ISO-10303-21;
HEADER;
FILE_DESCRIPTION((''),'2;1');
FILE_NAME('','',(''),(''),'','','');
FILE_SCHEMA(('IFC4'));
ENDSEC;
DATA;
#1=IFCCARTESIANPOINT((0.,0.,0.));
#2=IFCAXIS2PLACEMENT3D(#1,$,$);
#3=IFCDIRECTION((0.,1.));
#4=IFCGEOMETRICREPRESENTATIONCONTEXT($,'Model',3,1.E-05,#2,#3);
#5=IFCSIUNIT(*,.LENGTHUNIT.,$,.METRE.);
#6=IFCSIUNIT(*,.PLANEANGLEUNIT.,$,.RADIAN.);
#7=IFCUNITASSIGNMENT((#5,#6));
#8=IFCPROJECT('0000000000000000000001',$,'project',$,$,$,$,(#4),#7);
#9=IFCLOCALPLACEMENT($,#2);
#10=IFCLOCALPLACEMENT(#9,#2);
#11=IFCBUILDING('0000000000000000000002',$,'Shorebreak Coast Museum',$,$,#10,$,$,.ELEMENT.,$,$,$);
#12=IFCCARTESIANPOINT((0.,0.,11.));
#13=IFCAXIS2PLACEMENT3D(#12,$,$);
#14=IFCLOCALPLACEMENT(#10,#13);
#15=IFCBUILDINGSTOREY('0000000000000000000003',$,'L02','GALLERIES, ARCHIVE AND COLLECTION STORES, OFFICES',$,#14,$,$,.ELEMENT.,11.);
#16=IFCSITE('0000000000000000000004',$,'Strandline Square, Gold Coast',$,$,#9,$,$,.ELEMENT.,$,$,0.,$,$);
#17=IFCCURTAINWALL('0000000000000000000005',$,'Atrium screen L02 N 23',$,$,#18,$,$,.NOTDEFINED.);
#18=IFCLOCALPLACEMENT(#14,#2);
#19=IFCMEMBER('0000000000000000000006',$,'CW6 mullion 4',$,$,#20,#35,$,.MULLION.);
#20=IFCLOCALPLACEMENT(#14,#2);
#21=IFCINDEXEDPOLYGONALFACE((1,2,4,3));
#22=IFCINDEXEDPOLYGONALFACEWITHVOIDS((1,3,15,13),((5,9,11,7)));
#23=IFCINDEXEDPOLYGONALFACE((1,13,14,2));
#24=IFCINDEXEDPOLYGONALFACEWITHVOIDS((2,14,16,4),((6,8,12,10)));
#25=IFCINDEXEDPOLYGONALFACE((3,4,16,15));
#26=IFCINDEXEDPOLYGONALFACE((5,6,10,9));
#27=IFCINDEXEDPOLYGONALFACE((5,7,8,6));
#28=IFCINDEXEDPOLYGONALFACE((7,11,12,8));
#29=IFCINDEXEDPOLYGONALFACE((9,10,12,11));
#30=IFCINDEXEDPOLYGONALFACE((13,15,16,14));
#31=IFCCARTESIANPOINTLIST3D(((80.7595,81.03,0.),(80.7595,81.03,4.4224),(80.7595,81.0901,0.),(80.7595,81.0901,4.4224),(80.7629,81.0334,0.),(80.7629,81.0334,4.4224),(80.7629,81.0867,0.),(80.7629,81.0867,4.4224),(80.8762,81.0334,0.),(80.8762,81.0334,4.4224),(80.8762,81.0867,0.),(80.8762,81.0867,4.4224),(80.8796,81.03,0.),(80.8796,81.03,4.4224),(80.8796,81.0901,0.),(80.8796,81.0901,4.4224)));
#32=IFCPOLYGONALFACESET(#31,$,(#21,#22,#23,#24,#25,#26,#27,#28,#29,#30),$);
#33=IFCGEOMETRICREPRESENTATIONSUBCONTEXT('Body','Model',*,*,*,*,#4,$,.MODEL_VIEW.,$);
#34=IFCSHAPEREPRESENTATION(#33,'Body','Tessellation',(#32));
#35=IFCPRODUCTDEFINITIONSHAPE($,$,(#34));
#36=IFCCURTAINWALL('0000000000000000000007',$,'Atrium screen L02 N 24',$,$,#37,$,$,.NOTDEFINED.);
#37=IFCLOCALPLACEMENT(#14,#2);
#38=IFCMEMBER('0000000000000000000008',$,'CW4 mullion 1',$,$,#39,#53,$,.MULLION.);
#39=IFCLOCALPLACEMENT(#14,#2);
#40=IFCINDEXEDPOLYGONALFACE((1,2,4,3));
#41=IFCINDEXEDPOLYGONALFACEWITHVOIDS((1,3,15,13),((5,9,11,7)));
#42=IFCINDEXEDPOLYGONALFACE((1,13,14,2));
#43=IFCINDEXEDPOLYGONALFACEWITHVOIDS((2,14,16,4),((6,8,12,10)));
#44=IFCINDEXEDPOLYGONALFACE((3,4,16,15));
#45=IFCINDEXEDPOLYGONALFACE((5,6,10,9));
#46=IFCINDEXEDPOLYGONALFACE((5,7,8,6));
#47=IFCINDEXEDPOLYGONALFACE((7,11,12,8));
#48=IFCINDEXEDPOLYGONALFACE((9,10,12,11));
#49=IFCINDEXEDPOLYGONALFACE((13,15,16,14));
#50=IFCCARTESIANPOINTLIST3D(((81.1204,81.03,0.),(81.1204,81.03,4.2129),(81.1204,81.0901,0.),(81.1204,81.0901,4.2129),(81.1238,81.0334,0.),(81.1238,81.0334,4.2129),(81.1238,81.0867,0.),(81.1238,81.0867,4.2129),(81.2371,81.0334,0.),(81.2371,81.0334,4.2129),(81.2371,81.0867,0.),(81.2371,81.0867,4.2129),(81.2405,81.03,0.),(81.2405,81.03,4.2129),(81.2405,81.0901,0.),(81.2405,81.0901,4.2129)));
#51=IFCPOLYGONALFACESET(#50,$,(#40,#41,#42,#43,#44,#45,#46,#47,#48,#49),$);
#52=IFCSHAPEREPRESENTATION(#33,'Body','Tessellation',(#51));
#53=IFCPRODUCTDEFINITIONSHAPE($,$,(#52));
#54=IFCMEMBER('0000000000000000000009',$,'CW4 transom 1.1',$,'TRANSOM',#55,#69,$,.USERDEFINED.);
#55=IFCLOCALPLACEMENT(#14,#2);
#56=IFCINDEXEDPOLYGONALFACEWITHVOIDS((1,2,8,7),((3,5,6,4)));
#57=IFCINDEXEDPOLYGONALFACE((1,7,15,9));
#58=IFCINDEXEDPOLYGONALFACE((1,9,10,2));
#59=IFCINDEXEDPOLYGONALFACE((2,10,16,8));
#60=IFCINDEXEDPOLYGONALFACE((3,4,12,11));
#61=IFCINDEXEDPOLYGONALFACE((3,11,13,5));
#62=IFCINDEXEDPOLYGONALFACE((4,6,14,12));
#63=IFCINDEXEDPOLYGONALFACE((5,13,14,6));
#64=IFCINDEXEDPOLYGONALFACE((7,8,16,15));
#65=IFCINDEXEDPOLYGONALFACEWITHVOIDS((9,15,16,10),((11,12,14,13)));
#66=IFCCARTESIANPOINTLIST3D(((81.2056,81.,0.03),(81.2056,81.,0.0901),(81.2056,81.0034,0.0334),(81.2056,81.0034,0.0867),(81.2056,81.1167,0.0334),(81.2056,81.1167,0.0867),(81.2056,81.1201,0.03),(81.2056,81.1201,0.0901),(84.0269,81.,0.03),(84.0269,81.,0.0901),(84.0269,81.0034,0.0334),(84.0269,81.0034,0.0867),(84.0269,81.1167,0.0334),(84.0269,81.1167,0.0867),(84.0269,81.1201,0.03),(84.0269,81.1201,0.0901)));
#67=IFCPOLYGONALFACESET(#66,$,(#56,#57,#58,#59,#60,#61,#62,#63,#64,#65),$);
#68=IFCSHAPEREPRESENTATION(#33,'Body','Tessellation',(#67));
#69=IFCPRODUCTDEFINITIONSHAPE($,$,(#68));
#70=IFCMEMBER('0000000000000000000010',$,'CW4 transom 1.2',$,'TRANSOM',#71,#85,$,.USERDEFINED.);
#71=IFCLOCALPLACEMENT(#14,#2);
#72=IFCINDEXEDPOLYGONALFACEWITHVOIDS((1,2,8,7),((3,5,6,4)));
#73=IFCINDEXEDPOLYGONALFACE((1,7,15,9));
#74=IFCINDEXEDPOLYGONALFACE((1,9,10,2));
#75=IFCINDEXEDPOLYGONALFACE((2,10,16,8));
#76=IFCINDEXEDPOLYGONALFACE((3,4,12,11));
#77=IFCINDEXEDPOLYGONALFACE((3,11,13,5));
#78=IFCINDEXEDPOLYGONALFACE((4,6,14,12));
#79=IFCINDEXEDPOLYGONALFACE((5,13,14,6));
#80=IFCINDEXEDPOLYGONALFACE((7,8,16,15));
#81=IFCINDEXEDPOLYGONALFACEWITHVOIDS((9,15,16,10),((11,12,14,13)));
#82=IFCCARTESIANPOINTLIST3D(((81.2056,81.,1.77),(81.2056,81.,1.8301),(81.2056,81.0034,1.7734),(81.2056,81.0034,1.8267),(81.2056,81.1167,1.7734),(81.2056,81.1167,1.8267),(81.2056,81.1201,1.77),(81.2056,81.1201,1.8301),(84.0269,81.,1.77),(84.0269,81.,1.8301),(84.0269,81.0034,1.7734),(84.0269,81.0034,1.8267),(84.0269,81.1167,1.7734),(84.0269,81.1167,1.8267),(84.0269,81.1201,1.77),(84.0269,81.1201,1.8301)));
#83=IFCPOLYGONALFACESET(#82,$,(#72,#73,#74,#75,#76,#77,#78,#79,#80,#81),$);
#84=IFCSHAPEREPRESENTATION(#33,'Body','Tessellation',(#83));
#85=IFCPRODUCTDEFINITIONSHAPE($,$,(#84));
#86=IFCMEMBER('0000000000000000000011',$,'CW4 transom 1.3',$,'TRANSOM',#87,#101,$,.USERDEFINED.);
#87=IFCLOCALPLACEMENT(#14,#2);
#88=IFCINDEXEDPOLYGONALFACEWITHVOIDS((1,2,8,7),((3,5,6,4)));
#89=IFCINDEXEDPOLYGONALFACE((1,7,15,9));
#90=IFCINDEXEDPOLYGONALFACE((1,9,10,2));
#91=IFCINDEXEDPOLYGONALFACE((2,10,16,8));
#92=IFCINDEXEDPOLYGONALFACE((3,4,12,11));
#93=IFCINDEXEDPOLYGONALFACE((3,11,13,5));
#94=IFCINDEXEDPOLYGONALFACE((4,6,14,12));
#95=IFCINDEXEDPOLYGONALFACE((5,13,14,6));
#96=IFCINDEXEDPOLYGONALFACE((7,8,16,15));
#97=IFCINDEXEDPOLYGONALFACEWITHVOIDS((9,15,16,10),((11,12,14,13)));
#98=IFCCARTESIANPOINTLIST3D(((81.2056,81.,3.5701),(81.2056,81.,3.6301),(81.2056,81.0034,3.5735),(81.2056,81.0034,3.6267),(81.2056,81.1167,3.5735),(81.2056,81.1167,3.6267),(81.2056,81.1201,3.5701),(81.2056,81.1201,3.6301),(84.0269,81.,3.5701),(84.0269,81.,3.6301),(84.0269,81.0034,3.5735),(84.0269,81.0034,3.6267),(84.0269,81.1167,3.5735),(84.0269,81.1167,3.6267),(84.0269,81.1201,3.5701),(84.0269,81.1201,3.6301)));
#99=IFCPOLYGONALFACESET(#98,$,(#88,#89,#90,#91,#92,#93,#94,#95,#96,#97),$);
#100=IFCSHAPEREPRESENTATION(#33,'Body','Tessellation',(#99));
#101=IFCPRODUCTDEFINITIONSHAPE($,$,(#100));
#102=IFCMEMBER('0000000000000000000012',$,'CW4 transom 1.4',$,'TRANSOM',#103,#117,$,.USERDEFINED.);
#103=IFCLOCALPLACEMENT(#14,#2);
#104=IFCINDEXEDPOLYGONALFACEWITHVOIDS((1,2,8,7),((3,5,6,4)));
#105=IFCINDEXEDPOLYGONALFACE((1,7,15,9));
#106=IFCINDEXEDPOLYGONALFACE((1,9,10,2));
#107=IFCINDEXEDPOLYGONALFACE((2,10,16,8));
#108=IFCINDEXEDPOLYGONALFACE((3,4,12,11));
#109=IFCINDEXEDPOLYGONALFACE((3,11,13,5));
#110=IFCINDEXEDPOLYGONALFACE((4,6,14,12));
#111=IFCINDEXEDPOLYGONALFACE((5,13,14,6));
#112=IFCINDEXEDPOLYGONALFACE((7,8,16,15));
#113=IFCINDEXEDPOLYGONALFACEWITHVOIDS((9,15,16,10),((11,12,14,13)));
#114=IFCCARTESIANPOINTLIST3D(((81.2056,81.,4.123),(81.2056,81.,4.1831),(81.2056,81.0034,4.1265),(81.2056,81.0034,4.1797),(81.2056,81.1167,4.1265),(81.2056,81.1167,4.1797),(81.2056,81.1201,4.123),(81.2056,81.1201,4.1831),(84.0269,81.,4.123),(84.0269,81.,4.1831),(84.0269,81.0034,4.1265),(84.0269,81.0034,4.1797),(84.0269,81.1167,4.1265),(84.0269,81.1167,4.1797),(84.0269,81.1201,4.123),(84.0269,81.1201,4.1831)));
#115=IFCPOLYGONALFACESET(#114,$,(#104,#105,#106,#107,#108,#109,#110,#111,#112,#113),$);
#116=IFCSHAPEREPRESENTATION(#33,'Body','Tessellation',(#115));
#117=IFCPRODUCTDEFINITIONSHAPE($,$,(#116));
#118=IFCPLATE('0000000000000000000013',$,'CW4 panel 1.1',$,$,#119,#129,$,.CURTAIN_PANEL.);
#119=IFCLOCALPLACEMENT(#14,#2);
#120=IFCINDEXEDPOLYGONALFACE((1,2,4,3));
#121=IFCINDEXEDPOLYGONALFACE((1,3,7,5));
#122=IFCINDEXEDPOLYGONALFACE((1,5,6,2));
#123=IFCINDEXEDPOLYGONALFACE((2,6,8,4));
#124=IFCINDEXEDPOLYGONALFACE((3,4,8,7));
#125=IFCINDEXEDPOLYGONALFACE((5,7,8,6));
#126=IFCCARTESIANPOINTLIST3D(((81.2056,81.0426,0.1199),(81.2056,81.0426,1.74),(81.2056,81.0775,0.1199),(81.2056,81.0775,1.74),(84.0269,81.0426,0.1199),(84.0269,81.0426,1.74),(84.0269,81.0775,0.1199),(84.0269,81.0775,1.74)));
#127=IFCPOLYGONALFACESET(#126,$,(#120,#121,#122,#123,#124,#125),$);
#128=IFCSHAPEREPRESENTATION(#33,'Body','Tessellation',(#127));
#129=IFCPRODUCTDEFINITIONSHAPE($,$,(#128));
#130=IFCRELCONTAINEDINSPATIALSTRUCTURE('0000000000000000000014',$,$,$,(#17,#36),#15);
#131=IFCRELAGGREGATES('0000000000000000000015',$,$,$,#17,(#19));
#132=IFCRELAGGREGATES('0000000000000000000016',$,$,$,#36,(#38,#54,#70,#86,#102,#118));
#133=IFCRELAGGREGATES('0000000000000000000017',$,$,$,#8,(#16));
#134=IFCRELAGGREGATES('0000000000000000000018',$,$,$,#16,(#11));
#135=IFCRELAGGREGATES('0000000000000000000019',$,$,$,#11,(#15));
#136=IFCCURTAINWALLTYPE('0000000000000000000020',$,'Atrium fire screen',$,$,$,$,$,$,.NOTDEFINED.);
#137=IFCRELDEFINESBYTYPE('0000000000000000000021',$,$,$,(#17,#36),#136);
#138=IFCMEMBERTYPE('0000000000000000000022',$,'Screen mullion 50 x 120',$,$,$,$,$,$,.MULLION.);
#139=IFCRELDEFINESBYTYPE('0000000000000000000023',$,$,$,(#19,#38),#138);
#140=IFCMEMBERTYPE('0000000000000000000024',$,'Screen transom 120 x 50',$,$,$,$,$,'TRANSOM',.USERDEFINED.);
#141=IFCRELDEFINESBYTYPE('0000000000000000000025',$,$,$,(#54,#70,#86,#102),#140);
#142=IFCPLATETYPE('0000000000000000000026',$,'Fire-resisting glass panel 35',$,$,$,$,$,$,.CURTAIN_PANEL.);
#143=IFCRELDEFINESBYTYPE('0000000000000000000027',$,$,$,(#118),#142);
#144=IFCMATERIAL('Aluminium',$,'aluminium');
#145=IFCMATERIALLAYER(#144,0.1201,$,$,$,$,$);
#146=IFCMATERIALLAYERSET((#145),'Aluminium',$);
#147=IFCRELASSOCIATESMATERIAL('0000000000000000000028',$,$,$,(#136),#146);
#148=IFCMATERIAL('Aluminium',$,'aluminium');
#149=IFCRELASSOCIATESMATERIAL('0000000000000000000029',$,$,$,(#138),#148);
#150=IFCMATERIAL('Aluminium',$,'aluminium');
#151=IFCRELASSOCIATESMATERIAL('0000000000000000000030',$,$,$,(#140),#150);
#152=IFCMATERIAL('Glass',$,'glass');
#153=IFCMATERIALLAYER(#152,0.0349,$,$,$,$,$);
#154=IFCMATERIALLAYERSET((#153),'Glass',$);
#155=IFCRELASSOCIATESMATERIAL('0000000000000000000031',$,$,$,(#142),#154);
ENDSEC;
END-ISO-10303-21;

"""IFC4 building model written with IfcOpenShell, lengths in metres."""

from ifc_helpers import new_model, si_unit, direction, frame, origin, origin_2d, place, context, subcontext, project, spatial, rectangle, hollow_rectangle, extrude, material, layer, layer_set, material_profile, profile_set, type_object, element, aggregate, save


model = new_model("IFC4")

# Units and contexts
model_context = context("Model", 3, precision=1e-05, world=origin(), true_north=direction((0.0, 1.0)))
body_context = subcontext(model_context, "Body", "Model", "MODEL_VIEW")
ifc_project = project(units=[si_unit("LENGTHUNIT", "METRE"), si_unit("PLANEANGLEUNIT", "RADIAN")], contexts=[model_context])

# Site, building, storey
site_placement = place(None, origin())
site = spatial("IfcSite", under=ifc_project, at=site_placement, Name="Strandline Square, Gold Coast", CompositionType="ELEMENT", RefElevation=0.0)
building_placement = place(site_placement, origin())
building = spatial("IfcBuilding", under=site, at=building_placement, Name="Shorebreak Coast Museum", CompositionType="ELEMENT")
storey_placement = place(building_placement, frame((0.0, 0.0, 11.0)))
storey = spatial("IfcBuildingStorey", under=building, at=storey_placement, Name="L02", Description="GALLERIES, ARCHIVE AND COLLECTION STORES, OFFICES", CompositionType="ELEMENT", Elevation=11.0)

# Curtain wall, member
ifc_material_1 = material(Name="Aluminium", Category="aluminium")
ifc_layer_1 = layer(ifc_material_1, 0.1201)
ifc_layer_set_1 = layer_set([ifc_layer_1], Name="Aluminium")
curtain_wall_type = type_object("IfcCurtainWallType", Name="Atrium fire screen", PredefinedType="NOTDEFINED", material=ifc_layer_set_1)
ifc_material_2 = material(Name="Aluminium", Category="aluminium")
ifc_material_profile_1 = material_profile(ifc_material_2, hollow_rectangle(XDim=0.0601, YDim=0.1201, WallThickness=0.0034, at=origin_2d()), Name="AL 120x60 RHS")
ifc_profile_set_1 = profile_set([ifc_material_profile_1], Name="Aluminium")
member_type_1 = type_object("IfcMemberType", Name="Screen mullion 50 x 120", PredefinedType="MULLION", material=ifc_profile_set_1)
curtain_wall_1_placement = place(storey_placement, origin())
curtain_wall_1 = element("IfcCurtainWall", 1, at=curtain_wall_1_placement, inside=storey, type_object=curtain_wall_type, Name="Atrium screen L02 N 23", PredefinedType="NOTDEFINED")
member_1_placement = place(storey_placement, frame((80.8196, 81.0601, 0.0), z_axis=(0.0, 0.0, 1.0), x_axis=(0.0, 1.0, 0.0)))
member_1 = element("IfcMember", 2, at=member_1_placement, type_object=member_type_1, Name="CW6 mullion 4", PredefinedType="MULLION", context=body_context, shape_type="SweptSolid", body=[
    extrude(hollow_rectangle(XDim=0.0601, YDim=0.1201, WallThickness=0.0034, at=origin_2d()), origin(), (0.0, 0.0, 1.0), 4.4224),
])
aggregate(curtain_wall_1, [member_1])

# Curtain wall, members, plate
curtain_wall_2_placement = place(storey_placement, origin())
curtain_wall_2 = element("IfcCurtainWall", 3, at=curtain_wall_2_placement, inside=storey, type_object=curtain_wall_type, Name="Atrium screen L02 N 24", PredefinedType="NOTDEFINED")
member_2_placement = place(storey_placement, frame((81.1804, 81.0601, 0.0), z_axis=(0.0, 0.0, 1.0), x_axis=(0.0, 1.0, 0.0)))
member_2 = element("IfcMember", 4, at=member_2_placement, type_object=member_type_1, Name="CW4 mullion 1", PredefinedType="MULLION", context=body_context, shape_type="SweptSolid", body=[
    extrude(hollow_rectangle(XDim=0.0601, YDim=0.1201, WallThickness=0.0034, at=origin_2d()), origin(), (0.0, 0.0, 1.0), 4.2129),
])
ifc_material_3 = material(Name="Aluminium", Category="aluminium")
ifc_material_profile_2 = material_profile(ifc_material_3, hollow_rectangle(XDim=0.1201, YDim=0.0601, WallThickness=0.0034, at=origin_2d()), Name="AL 60x120 RHS")
ifc_profile_set_2 = profile_set([ifc_material_profile_2], Name="Aluminium")
member_type_2 = type_object("IfcMemberType", Name="Screen transom 120 x 50", ElementType="TRANSOM", PredefinedType="USERDEFINED", material=ifc_profile_set_2)
member_3_placement = place(storey_placement, frame((81.2056, 81.0601, 0.0601), z_axis=(1.0, 0.0, 0.0), x_axis=(0.0, 1.0, 0.0)))
member_3 = element("IfcMember", 5, at=member_3_placement, type_object=member_type_2, Name="CW4 transom 1.1", ObjectType="TRANSOM", PredefinedType="USERDEFINED", context=body_context, shape_type="SweptSolid", body=[
    extrude(hollow_rectangle(XDim=0.1201, YDim=0.0601, WallThickness=0.0034, at=origin_2d()), origin(), (0.0, 0.0, 1.0), 2.8213),
])
member_4_placement = place(storey_placement, frame((81.2056, 81.0601, 1.8), z_axis=(1.0, 0.0, 0.0), x_axis=(0.0, 1.0, 0.0)))
member_4 = element("IfcMember", 6, at=member_4_placement, type_object=member_type_2, Name="CW4 transom 1.2", ObjectType="TRANSOM", PredefinedType="USERDEFINED", context=body_context, shape_type="SweptSolid", body=[
    extrude(hollow_rectangle(XDim=0.1201, YDim=0.0601, WallThickness=0.0034, at=origin_2d()), origin(), (0.0, 0.0, 1.0), 2.8213),
])
member_5_placement = place(storey_placement, frame((81.2056, 81.0601, 3.6001), z_axis=(1.0, 0.0, 0.0), x_axis=(0.0, 1.0, 0.0)))
member_5 = element("IfcMember", 7, at=member_5_placement, type_object=member_type_2, Name="CW4 transom 1.3", ObjectType="TRANSOM", PredefinedType="USERDEFINED", context=body_context, shape_type="SweptSolid", body=[
    extrude(hollow_rectangle(XDim=0.1201, YDim=0.0601, WallThickness=0.0034, at=origin_2d()), origin(), (0.0, 0.0, 1.0), 2.8213),
])
member_6_placement = place(storey_placement, frame((81.2056, 81.0601, 4.1531), z_axis=(1.0, 0.0, 0.0), x_axis=(0.0, 1.0, 0.0)))
member_6 = element("IfcMember", 8, at=member_6_placement, type_object=member_type_2, Name="CW4 transom 1.4", ObjectType="TRANSOM", PredefinedType="USERDEFINED", context=body_context, shape_type="SweptSolid", body=[
    extrude(hollow_rectangle(XDim=0.1201, YDim=0.0601, WallThickness=0.0034, at=origin_2d()), origin(), (0.0, 0.0, 1.0), 2.8213),
])
ifc_material_4 = material(Name="Glass", Category="glass")
ifc_layer_2 = layer(ifc_material_4, 0.0349)
ifc_layer_set_2 = layer_set([ifc_layer_2], Name="Glass")
plate_type = type_object("IfcPlateType", Name="Fire-resisting glass panel 35", PredefinedType="CURTAIN_PANEL", material=ifc_layer_set_2)
plate_placement = place(storey_placement, frame((82.6162, 81.0601, 0.1199), z_axis=(0.0, 0.0, 1.0), x_axis=(1.0, 0.0, 0.0)))
plate = element("IfcPlate", 9, at=plate_placement, type_object=plate_type, Name="CW4 panel 1.1", PredefinedType="CURTAIN_PANEL", context=body_context, shape_type="SweptSolid", body=[
    extrude(rectangle(XDim=2.8213, YDim=0.0349, at=origin_2d()), origin(), (0.0, 0.0, 1.0), 1.6201),
])
aggregate(curtain_wall_2, [member_2, member_3, member_4, member_5, member_6, plate])

save(model, "model.ifc")
